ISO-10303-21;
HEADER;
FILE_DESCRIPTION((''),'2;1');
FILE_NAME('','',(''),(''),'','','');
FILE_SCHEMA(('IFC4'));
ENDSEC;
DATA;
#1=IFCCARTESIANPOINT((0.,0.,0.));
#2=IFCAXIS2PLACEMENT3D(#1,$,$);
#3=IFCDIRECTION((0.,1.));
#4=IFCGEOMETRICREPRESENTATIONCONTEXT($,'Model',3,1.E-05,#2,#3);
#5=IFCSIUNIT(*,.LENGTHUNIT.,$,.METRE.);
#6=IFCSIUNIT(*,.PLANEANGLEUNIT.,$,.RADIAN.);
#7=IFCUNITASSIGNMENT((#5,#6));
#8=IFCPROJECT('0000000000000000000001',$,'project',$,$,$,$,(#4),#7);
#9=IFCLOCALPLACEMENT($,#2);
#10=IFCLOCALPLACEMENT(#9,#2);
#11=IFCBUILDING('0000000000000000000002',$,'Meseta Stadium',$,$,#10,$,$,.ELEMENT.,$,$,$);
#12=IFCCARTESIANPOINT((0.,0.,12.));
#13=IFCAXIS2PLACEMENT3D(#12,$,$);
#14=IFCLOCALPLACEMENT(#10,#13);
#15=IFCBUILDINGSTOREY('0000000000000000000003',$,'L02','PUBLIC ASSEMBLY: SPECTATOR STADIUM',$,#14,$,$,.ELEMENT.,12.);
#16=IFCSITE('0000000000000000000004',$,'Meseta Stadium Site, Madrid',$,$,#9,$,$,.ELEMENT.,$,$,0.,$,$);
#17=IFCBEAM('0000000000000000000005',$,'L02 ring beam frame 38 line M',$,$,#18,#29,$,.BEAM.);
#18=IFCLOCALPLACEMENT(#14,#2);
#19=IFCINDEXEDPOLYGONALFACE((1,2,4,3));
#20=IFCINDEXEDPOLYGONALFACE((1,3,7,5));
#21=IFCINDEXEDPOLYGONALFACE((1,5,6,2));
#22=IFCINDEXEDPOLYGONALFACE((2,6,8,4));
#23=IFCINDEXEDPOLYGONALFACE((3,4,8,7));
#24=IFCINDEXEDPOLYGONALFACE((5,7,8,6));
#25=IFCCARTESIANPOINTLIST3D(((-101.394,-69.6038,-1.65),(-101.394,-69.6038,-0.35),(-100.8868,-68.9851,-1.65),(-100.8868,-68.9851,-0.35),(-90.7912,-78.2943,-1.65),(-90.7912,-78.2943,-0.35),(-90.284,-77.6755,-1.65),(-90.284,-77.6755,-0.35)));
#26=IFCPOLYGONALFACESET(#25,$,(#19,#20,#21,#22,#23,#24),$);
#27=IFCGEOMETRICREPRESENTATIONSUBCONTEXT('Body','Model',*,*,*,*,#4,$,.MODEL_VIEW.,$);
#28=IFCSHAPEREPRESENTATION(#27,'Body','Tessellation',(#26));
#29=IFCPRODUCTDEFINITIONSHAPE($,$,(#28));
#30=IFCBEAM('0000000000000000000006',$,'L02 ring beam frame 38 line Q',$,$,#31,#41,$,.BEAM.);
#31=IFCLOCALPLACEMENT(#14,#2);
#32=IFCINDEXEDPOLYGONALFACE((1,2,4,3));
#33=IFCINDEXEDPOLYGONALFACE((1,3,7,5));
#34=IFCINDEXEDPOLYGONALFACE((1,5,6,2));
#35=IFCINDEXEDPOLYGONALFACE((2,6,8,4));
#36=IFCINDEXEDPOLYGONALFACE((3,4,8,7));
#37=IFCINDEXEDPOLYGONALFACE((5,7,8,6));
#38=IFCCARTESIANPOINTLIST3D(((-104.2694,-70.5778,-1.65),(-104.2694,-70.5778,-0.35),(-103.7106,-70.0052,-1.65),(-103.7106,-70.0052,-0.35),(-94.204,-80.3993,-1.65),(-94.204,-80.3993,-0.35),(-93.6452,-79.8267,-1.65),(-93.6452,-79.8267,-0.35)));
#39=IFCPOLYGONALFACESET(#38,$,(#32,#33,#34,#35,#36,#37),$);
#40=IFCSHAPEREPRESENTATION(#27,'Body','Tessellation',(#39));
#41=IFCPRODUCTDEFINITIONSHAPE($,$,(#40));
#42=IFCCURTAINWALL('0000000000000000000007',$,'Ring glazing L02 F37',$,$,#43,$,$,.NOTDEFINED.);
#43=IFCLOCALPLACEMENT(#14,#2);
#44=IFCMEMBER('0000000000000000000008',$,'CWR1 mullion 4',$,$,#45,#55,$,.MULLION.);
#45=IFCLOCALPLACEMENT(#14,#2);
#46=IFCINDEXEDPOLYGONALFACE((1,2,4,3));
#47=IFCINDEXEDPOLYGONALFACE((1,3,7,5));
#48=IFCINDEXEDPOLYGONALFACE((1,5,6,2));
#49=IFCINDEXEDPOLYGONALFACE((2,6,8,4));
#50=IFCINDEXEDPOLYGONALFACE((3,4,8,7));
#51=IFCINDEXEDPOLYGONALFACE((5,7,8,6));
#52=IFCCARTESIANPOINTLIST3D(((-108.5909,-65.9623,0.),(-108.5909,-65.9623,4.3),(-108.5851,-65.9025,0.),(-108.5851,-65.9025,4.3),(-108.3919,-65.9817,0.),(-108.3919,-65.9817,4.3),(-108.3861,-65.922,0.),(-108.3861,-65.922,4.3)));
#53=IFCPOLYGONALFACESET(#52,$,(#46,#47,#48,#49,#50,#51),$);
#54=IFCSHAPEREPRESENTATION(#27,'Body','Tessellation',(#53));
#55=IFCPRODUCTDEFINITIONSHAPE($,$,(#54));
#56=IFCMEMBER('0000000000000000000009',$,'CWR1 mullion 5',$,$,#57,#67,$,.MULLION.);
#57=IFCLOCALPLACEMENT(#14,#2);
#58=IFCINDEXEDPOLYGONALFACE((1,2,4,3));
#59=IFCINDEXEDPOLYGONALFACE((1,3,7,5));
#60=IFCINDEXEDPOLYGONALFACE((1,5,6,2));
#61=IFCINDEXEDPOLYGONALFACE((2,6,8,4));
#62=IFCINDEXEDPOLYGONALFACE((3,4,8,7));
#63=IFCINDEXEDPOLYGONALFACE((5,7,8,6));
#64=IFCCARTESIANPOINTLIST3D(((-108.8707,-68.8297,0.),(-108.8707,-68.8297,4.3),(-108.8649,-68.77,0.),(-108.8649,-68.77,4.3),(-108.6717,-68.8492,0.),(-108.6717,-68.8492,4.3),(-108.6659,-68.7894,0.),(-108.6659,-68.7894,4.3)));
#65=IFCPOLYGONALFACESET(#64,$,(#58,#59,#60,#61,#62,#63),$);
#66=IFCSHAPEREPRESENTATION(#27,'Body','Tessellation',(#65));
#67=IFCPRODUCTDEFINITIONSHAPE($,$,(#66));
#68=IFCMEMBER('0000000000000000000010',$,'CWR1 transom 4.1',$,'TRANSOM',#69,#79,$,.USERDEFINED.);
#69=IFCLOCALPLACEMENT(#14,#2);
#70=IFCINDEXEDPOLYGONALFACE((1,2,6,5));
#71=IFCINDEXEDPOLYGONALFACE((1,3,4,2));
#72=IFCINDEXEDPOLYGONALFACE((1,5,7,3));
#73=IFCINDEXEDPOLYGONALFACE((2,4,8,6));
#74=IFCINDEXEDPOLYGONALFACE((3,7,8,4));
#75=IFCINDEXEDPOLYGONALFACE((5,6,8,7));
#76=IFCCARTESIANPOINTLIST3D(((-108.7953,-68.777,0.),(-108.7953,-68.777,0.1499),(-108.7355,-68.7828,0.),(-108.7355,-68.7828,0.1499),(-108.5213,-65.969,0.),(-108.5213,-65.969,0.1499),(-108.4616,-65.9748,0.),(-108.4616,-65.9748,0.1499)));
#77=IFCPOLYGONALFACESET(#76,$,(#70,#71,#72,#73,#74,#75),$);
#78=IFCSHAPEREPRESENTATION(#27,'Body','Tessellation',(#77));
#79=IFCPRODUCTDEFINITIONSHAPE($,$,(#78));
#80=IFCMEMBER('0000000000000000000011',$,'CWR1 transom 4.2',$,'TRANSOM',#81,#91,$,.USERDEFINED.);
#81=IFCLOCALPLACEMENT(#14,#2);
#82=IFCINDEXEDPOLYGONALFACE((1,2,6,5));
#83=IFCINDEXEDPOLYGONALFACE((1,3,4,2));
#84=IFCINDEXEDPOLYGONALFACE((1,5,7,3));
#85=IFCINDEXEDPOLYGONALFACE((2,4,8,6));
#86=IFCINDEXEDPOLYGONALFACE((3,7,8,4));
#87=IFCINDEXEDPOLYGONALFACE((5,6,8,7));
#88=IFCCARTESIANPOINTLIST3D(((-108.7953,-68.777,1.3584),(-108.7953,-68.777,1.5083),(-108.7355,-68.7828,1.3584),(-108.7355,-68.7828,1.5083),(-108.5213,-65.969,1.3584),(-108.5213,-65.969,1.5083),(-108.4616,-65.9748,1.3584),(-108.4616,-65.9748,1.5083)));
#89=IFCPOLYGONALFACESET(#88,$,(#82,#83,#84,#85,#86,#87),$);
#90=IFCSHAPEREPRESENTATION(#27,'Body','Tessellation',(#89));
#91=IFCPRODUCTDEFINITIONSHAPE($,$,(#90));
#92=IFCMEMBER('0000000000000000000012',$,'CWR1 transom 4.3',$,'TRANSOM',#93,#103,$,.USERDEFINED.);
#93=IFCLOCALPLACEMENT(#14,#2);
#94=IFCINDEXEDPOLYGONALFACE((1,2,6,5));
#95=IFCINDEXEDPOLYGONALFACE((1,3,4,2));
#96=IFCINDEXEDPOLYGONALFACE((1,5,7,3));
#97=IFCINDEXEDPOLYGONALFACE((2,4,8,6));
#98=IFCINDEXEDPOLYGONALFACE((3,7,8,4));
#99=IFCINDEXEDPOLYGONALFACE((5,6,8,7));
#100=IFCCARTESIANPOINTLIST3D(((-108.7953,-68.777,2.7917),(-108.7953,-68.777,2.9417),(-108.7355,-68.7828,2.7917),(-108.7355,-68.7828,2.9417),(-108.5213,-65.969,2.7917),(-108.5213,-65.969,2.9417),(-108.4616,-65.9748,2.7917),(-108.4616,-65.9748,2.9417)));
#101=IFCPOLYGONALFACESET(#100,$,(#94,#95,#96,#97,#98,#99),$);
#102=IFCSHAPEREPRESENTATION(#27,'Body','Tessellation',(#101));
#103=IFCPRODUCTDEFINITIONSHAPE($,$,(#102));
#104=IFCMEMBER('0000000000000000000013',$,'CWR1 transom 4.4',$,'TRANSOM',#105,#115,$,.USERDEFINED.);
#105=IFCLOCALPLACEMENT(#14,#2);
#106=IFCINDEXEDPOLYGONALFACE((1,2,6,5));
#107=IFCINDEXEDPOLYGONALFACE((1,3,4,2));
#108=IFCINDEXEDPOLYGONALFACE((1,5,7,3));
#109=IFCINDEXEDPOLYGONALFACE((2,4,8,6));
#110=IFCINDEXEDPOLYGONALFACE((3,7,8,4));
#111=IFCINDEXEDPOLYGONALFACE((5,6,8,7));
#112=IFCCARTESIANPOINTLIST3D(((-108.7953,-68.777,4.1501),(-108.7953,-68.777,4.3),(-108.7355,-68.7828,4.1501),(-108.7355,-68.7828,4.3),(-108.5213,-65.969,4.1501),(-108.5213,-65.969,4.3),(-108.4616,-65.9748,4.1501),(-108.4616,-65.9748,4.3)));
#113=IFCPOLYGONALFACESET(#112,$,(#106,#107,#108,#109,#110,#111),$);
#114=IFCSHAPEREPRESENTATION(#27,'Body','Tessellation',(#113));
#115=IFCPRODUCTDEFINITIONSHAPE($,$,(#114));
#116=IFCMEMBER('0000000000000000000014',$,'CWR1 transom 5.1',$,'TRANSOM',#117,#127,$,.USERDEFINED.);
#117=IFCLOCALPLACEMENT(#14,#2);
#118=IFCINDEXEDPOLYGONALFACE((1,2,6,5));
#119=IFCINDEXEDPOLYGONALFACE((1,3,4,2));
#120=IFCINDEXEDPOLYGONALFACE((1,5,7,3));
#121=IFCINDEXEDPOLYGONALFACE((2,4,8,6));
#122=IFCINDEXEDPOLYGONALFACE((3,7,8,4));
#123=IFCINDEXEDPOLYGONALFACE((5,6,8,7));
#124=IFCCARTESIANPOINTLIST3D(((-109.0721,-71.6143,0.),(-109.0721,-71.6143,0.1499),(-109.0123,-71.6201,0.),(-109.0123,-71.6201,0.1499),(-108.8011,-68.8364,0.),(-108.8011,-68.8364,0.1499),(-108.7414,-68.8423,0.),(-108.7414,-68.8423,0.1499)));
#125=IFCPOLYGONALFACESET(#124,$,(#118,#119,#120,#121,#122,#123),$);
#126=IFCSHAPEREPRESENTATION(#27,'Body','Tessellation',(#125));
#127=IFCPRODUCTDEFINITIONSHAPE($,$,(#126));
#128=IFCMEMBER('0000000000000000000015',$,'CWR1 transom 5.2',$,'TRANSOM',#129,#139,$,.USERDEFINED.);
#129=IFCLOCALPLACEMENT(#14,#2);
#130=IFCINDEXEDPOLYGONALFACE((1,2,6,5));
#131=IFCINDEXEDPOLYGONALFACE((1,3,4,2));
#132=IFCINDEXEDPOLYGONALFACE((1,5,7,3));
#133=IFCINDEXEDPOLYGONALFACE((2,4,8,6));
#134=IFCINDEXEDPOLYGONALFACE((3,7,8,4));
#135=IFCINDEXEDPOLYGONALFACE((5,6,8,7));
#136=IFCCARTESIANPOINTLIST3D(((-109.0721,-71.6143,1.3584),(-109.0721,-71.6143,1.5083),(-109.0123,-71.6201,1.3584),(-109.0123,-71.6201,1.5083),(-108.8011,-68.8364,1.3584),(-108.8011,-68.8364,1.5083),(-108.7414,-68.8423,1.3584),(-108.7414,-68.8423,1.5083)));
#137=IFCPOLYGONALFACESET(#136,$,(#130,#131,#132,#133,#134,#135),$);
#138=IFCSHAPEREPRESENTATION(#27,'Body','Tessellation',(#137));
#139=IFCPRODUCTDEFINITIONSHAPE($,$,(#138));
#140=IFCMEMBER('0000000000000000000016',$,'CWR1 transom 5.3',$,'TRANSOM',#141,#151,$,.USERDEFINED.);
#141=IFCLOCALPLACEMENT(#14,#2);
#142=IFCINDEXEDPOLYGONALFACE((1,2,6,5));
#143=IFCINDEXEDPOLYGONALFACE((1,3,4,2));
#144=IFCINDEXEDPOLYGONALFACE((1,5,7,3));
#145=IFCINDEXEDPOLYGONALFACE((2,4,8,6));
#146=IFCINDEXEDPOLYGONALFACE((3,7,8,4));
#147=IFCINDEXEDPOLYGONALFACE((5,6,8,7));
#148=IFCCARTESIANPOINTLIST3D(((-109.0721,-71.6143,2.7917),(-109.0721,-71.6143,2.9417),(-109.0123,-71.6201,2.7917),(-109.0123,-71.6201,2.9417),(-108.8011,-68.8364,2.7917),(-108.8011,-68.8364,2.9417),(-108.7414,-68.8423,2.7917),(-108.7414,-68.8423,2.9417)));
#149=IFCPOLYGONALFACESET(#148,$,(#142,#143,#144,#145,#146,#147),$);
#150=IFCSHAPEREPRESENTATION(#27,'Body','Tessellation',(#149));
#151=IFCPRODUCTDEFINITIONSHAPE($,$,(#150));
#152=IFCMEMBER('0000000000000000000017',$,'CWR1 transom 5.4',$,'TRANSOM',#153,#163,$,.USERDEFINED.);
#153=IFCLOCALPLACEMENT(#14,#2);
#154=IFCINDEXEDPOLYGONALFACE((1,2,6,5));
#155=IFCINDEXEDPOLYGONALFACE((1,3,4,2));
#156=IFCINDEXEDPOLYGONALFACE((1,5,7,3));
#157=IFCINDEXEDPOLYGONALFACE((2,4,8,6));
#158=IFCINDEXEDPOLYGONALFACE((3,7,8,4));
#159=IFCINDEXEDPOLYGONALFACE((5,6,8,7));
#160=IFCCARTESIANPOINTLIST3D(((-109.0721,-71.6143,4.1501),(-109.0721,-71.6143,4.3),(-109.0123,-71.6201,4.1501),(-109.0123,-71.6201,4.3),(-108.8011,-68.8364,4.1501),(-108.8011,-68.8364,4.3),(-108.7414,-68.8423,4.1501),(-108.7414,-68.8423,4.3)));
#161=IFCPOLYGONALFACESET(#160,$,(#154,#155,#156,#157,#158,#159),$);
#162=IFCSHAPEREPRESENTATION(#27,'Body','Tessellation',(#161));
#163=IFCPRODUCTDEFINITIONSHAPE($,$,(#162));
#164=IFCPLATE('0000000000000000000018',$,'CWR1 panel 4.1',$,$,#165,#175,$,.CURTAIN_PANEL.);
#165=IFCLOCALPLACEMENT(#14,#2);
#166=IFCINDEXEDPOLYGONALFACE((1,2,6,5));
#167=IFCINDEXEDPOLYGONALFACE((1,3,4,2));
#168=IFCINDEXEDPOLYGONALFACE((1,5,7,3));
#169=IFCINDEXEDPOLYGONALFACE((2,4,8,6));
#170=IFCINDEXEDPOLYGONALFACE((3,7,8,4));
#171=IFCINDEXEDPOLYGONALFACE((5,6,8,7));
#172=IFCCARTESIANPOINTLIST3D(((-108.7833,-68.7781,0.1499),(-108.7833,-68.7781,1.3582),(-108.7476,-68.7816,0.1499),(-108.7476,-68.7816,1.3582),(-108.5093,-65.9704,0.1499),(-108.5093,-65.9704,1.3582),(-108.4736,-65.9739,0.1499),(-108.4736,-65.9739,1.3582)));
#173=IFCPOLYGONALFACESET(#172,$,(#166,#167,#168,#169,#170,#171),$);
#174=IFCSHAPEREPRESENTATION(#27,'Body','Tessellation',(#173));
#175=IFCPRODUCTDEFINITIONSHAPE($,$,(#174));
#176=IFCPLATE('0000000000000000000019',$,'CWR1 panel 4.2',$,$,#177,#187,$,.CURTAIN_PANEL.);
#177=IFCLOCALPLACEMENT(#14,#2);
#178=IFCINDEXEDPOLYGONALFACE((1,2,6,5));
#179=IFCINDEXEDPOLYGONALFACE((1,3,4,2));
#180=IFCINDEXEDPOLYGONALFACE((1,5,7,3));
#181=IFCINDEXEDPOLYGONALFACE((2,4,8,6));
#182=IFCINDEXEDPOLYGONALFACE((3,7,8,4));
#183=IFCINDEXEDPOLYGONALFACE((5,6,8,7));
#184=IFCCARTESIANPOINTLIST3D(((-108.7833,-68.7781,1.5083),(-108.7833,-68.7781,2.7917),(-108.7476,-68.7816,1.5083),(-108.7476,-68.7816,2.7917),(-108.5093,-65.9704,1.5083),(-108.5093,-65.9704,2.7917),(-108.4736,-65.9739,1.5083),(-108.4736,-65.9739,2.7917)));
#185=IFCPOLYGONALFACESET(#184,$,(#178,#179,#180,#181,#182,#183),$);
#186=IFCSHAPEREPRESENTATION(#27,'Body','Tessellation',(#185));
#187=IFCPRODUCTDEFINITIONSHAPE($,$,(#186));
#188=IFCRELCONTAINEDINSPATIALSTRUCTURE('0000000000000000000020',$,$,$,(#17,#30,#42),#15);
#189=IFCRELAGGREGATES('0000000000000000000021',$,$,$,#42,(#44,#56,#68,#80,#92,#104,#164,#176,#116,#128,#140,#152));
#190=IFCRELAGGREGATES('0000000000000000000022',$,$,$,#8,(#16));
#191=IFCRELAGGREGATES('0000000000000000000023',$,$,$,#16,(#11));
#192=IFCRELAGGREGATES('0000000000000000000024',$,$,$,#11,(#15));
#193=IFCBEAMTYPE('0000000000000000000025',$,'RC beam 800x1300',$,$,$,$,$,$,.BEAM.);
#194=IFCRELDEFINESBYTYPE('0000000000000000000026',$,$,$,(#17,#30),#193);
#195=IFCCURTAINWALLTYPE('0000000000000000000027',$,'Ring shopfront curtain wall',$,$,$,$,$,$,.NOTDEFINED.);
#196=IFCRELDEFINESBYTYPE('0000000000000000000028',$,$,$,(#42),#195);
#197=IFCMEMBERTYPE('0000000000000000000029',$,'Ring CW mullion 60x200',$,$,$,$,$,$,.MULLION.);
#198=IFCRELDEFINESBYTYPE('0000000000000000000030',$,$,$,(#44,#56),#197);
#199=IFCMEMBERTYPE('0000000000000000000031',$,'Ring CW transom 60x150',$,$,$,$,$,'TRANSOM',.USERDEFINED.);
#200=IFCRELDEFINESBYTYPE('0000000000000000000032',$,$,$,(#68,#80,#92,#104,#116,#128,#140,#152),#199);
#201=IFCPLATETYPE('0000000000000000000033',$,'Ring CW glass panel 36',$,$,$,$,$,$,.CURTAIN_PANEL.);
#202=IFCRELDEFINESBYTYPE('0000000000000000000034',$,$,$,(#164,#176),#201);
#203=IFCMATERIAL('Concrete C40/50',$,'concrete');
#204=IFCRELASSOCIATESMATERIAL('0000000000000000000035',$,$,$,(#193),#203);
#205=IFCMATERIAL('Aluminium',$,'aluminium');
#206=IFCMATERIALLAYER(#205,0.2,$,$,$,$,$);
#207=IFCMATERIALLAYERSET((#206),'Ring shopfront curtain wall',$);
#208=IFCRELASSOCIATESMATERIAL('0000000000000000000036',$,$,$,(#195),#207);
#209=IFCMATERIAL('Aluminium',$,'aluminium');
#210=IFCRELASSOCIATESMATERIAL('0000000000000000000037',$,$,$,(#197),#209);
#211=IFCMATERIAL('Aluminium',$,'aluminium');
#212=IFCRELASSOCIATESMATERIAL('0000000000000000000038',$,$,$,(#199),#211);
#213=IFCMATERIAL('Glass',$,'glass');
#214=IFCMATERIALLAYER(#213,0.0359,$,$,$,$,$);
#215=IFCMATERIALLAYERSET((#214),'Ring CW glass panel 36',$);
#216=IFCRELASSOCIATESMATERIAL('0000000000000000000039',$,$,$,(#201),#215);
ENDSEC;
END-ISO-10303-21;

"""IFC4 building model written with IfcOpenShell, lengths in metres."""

from ifc_helpers import new_model, si_unit, direction, frame, origin, origin_2d, place, context, subcontext, project, spatial, rectangle, extrude, material, layer, layer_set, material_profile, profile_set, type_object, element, aggregate, save


model = new_model("IFC4")

# Units and contexts
model_context = context("Model", 3, precision=1e-05, world=origin(), true_north=direction((0.0, 1.0)))
body_context = subcontext(model_context, "Body", "Model", "MODEL_VIEW")
ifc_project = project(units=[si_unit("LENGTHUNIT", "METRE"), si_unit("PLANEANGLEUNIT", "RADIAN")], contexts=[model_context])

# Site, building, storey
site_placement = place(None, origin())
site = spatial("IfcSite", under=ifc_project, at=site_placement, Name="Meseta Stadium Site, Madrid", CompositionType="ELEMENT", RefElevation=0.0)
building_placement = place(site_placement, origin())
building = spatial("IfcBuilding", under=site, at=building_placement, Name="Meseta Stadium", CompositionType="ELEMENT")
storey_placement = place(building_placement, frame((0.0, 0.0, 12.0)))
storey = spatial("IfcBuildingStorey", under=building, at=storey_placement, Name="L02", Description="PUBLIC ASSEMBLY: SPECTATOR STADIUM", CompositionType="ELEMENT", Elevation=12.0)

# Beams
ifc_material_1 = material(Name="Concrete C40/50", Category="concrete")
ifc_material_profile_1 = material_profile(ifc_material_1, rectangle(XDim=0.8, YDim=1.3, at=origin_2d()), Name="RC 800x1300")
ifc_profile_set_1 = profile_set([ifc_material_profile_1], Name="Concrete C40/50")
beam_type_1 = type_object("IfcBeamType", Name="RC beam 800x1300", PredefinedType="BEAM", material=ifc_profile_set_1)
beam_1_placement = place(storey_placement, frame((-101.1404, -69.2944, -1.0), z_axis=(0.773406, -0.633912, 0.0), x_axis=(0.633912, 0.773406, 0.0)))
element("IfcBeam", 1, at=beam_1_placement, inside=storey, type_object=beam_type_1, Name="L02 ring beam frame 38 line M", PredefinedType="BEAM", context=body_context, shape_type="SweptSolid", body=[
    extrude(rectangle(XDim=0.8, YDim=1.3, at=origin_2d()), origin(), (0.0, 0.0, 1.0), 13.7092),
])
beam_2_placement = place(storey_placement, frame((-103.99, -70.2915, -1.0), z_axis=(0.715725, -0.698382, 0.0), x_axis=(0.698382, 0.715725, 0.0)))
element("IfcBeam", 2, at=beam_2_placement, inside=storey, type_object=beam_type_1, Name="L02 ring beam frame 38 line Q", PredefinedType="BEAM", context=body_context, shape_type="SweptSolid", body=[
    extrude(rectangle(XDim=0.8, YDim=1.3, at=origin_2d()), origin(), (0.0, 0.0, 1.0), 14.0632),
])

# Curtain wall, members, plates
ifc_material_2 = material(Name="Aluminium", Category="aluminium")
ifc_layer_1 = layer(ifc_material_2, 0.2)
ifc_layer_set_1 = layer_set([ifc_layer_1], Name="Ring shopfront curtain wall")
curtain_wall_type = type_object("IfcCurtainWallType", Name="Ring shopfront curtain wall", PredefinedType="NOTDEFINED", material=ifc_layer_set_1)
curtain_wall_placement = place(storey_placement, origin())
curtain_wall = element("IfcCurtainWall", 3, at=curtain_wall_placement, inside=storey, type_object=curtain_wall_type, Name="Ring glazing L02 F37", PredefinedType="NOTDEFINED")
ifc_material_3 = material(Name="Aluminium", Category="aluminium")
ifc_material_profile_2 = material_profile(ifc_material_3, rectangle(XDim=0.2, YDim=0.0601, at=origin_2d()), Name="CW 200x60")
ifc_profile_set_2 = profile_set([ifc_material_profile_2], Name="Aluminium")
member_type_1 = type_object("IfcMemberType", Name="Ring CW mullion 60x200", PredefinedType="MULLION", material=ifc_profile_set_2)
member_1_placement = place(storey_placement, frame((-108.4885, -65.9421, 0.0), z_axis=(0.0, 0.0, 1.0), x_axis=(0.995272, -0.097125, 0.0)))
member_1 = element("IfcMember", 4, at=member_1_placement, type_object=member_type_1, Name="CWR1 mullion 4", PredefinedType="MULLION", context=body_context, shape_type="SweptSolid", body=[
    extrude(rectangle(XDim=0.2, YDim=0.0601, at=origin_2d()), origin(), (0.0, 0.0, 1.0), 4.3),
])
member_2_placement = place(storey_placement, frame((-108.7683, -68.8096, 0.0), z_axis=(0.0, 0.0, 1.0), x_axis=(0.995272, -0.097125, 0.0)))
member_2 = element("IfcMember", 5, at=member_2_placement, type_object=member_type_1, Name="CWR1 mullion 5", PredefinedType="MULLION", context=body_context, shape_type="SweptSolid", body=[
    extrude(rectangle(XDim=0.2, YDim=0.0601, at=origin_2d()), origin(), (0.0, 0.0, 1.0), 4.3),
])
ifc_material_4 = material(Name="Aluminium", Category="aluminium")
ifc_material_profile_3 = material_profile(ifc_material_4, rectangle(XDim=0.0601, YDim=0.1499, at=origin_2d()), Name="CW 60x150")
ifc_profile_set_3 = profile_set([ifc_material_profile_3], Name="Aluminium")
member_type_2 = type_object("IfcMemberType", Name="Ring CW transom 60x150", ElementType="TRANSOM", PredefinedType="USERDEFINED", material=ifc_profile_set_3)
member_3_placement = place(storey_placement, frame((-108.4915, -65.9719, 0.075), z_axis=(-0.097096, -0.995275, 0.0), x_axis=(0.995275, -0.097096, 0.0)))
member_3 = element("IfcMember", 6, at=member_3_placement, type_object=member_type_2, Name="CWR1 transom 4.1", ObjectType="TRANSOM", PredefinedType="USERDEFINED", context=body_context, shape_type="SweptSolid", body=[
    extrude(rectangle(XDim=0.0601, YDim=0.1499, at=origin_2d()), origin(), (0.0, 0.0, 1.0), 2.8213),
])
member_4_placement = place(storey_placement, frame((-108.4915, -65.9719, 1.4333), z_axis=(-0.097096, -0.995275, 0.0), x_axis=(0.995275, -0.097096, 0.0)))
member_4 = element("IfcMember", 7, at=member_4_placement, type_object=member_type_2, Name="CWR1 transom 4.2", ObjectType="TRANSOM", PredefinedType="USERDEFINED", context=body_context, shape_type="SweptSolid", body=[
    extrude(rectangle(XDim=0.0601, YDim=0.1499, at=origin_2d()), origin(), (0.0, 0.0, 1.0), 2.8213),
])
member_5_placement = place(storey_placement, frame((-108.4915, -65.9719, 2.8667), z_axis=(-0.097096, -0.995275, 0.0), x_axis=(0.995275, -0.097096, 0.0)))
member_5 = element("IfcMember", 8, at=member_5_placement, type_object=member_type_2, Name="CWR1 transom 4.3", ObjectType="TRANSOM", PredefinedType="USERDEFINED", context=body_context, shape_type="SweptSolid", body=[
    extrude(rectangle(XDim=0.0601, YDim=0.1499, at=origin_2d()), origin(), (0.0, 0.0, 1.0), 2.8213),
])
member_6_placement = place(storey_placement, frame((-108.4915, -65.9719, 4.2251), z_axis=(-0.097096, -0.995275, 0.0), x_axis=(0.995275, -0.097096, 0.0)))
member_6 = element("IfcMember", 9, at=member_6_placement, type_object=member_type_2, Name="CWR1 transom 4.4", ObjectType="TRANSOM", PredefinedType="USERDEFINED", context=body_context, shape_type="SweptSolid", body=[
    extrude(rectangle(XDim=0.0601, YDim=0.1499, at=origin_2d()), origin(), (0.0, 0.0, 1.0), 2.8213),
])
member_7_placement = place(storey_placement, frame((-108.7712, -68.8394, 0.075), z_axis=(-0.097096, -0.995275, 0.0), x_axis=(0.995275, -0.097096, 0.0)))
member_7 = element("IfcMember", 10, at=member_7_placement, type_object=member_type_2, Name="CWR1 transom 5.1", ObjectType="TRANSOM", PredefinedType="USERDEFINED", context=body_context, shape_type="SweptSolid", body=[
    extrude(rectangle(XDim=0.0601, YDim=0.1499, at=origin_2d()), origin(), (0.0, 0.0, 1.0), 2.791),
])
member_8_placement = place(storey_placement, frame((-108.7712, -68.8394, 1.4333), z_axis=(-0.097096, -0.995275, 0.0), x_axis=(0.995275, -0.097096, 0.0)))
member_8 = element("IfcMember", 11, at=member_8_placement, type_object=member_type_2, Name="CWR1 transom 5.2", ObjectType="TRANSOM", PredefinedType="USERDEFINED", context=body_context, shape_type="SweptSolid", body=[
    extrude(rectangle(XDim=0.0601, YDim=0.1499, at=origin_2d()), origin(), (0.0, 0.0, 1.0), 2.791),
])
member_9_placement = place(storey_placement, frame((-108.7712, -68.8394, 2.8667), z_axis=(-0.097096, -0.995275, 0.0), x_axis=(0.995275, -0.097096, 0.0)))
member_9 = element("IfcMember", 12, at=member_9_placement, type_object=member_type_2, Name="CWR1 transom 5.3", ObjectType="TRANSOM", PredefinedType="USERDEFINED", context=body_context, shape_type="SweptSolid", body=[
    extrude(rectangle(XDim=0.0601, YDim=0.1499, at=origin_2d()), origin(), (0.0, 0.0, 1.0), 2.791),
])
member_10_placement = place(storey_placement, frame((-108.7712, -68.8394, 4.2251), z_axis=(-0.097096, -0.995275, 0.0), x_axis=(0.995275, -0.097096, 0.0)))
member_10 = element("IfcMember", 13, at=member_10_placement, type_object=member_type_2, Name="CWR1 transom 5.4", ObjectType="TRANSOM", PredefinedType="USERDEFINED", context=body_context, shape_type="SweptSolid", body=[
    extrude(rectangle(XDim=0.0601, YDim=0.1499, at=origin_2d()), origin(), (0.0, 0.0, 1.0), 2.791),
])
ifc_material_5 = material(Name="Glass", Category="glass")
ifc_layer_2 = layer(ifc_material_5, 0.0359)
ifc_layer_set_2 = layer_set([ifc_layer_2], Name="Ring CW glass panel 36")
plate_type_1 = type_object("IfcPlateType", Name="Ring CW glass panel 36", PredefinedType="CURTAIN_PANEL", material=ifc_layer_set_2)
plate_1_placement = place(storey_placement, frame((-108.6284, -67.376, 0.1499), z_axis=(0.0, 0.0, 1.0), x_axis=(-0.097125, -0.995272, 0.0)))
plate_1 = element("IfcPlate", 14, at=plate_1_placement, type_object=plate_type_1, Name="CWR1 panel 4.1", PredefinedType="CURTAIN_PANEL", context=body_context, shape_type="SweptSolid", body=[
    extrude(rectangle(XDim=2.821, YDim=0.0359, at=origin_2d()), origin(), (0.0, 0.0, 1.0), 1.2083),
])
plate_2_placement = place(storey_placement, frame((-108.6284, -67.376, 1.5083), z_axis=(0.0, 0.0, 1.0), x_axis=(-0.097125, -0.995272, 0.0)))
plate_2 = element("IfcPlate", 15, at=plate_2_placement, type_object=plate_type_1, Name="CWR1 panel 4.2", PredefinedType="CURTAIN_PANEL", context=body_context, shape_type="SweptSolid", body=[
    extrude(rectangle(XDim=2.821, YDim=0.0359, at=origin_2d()), origin(), (0.0, 0.0, 1.0), 1.2834),
])
aggregate(curtain_wall, [member_1, member_2, member_3, member_4, member_5, member_6, plate_1, plate_2, member_7, member_8, member_9, member_10])

save(model, "model.ifc")
